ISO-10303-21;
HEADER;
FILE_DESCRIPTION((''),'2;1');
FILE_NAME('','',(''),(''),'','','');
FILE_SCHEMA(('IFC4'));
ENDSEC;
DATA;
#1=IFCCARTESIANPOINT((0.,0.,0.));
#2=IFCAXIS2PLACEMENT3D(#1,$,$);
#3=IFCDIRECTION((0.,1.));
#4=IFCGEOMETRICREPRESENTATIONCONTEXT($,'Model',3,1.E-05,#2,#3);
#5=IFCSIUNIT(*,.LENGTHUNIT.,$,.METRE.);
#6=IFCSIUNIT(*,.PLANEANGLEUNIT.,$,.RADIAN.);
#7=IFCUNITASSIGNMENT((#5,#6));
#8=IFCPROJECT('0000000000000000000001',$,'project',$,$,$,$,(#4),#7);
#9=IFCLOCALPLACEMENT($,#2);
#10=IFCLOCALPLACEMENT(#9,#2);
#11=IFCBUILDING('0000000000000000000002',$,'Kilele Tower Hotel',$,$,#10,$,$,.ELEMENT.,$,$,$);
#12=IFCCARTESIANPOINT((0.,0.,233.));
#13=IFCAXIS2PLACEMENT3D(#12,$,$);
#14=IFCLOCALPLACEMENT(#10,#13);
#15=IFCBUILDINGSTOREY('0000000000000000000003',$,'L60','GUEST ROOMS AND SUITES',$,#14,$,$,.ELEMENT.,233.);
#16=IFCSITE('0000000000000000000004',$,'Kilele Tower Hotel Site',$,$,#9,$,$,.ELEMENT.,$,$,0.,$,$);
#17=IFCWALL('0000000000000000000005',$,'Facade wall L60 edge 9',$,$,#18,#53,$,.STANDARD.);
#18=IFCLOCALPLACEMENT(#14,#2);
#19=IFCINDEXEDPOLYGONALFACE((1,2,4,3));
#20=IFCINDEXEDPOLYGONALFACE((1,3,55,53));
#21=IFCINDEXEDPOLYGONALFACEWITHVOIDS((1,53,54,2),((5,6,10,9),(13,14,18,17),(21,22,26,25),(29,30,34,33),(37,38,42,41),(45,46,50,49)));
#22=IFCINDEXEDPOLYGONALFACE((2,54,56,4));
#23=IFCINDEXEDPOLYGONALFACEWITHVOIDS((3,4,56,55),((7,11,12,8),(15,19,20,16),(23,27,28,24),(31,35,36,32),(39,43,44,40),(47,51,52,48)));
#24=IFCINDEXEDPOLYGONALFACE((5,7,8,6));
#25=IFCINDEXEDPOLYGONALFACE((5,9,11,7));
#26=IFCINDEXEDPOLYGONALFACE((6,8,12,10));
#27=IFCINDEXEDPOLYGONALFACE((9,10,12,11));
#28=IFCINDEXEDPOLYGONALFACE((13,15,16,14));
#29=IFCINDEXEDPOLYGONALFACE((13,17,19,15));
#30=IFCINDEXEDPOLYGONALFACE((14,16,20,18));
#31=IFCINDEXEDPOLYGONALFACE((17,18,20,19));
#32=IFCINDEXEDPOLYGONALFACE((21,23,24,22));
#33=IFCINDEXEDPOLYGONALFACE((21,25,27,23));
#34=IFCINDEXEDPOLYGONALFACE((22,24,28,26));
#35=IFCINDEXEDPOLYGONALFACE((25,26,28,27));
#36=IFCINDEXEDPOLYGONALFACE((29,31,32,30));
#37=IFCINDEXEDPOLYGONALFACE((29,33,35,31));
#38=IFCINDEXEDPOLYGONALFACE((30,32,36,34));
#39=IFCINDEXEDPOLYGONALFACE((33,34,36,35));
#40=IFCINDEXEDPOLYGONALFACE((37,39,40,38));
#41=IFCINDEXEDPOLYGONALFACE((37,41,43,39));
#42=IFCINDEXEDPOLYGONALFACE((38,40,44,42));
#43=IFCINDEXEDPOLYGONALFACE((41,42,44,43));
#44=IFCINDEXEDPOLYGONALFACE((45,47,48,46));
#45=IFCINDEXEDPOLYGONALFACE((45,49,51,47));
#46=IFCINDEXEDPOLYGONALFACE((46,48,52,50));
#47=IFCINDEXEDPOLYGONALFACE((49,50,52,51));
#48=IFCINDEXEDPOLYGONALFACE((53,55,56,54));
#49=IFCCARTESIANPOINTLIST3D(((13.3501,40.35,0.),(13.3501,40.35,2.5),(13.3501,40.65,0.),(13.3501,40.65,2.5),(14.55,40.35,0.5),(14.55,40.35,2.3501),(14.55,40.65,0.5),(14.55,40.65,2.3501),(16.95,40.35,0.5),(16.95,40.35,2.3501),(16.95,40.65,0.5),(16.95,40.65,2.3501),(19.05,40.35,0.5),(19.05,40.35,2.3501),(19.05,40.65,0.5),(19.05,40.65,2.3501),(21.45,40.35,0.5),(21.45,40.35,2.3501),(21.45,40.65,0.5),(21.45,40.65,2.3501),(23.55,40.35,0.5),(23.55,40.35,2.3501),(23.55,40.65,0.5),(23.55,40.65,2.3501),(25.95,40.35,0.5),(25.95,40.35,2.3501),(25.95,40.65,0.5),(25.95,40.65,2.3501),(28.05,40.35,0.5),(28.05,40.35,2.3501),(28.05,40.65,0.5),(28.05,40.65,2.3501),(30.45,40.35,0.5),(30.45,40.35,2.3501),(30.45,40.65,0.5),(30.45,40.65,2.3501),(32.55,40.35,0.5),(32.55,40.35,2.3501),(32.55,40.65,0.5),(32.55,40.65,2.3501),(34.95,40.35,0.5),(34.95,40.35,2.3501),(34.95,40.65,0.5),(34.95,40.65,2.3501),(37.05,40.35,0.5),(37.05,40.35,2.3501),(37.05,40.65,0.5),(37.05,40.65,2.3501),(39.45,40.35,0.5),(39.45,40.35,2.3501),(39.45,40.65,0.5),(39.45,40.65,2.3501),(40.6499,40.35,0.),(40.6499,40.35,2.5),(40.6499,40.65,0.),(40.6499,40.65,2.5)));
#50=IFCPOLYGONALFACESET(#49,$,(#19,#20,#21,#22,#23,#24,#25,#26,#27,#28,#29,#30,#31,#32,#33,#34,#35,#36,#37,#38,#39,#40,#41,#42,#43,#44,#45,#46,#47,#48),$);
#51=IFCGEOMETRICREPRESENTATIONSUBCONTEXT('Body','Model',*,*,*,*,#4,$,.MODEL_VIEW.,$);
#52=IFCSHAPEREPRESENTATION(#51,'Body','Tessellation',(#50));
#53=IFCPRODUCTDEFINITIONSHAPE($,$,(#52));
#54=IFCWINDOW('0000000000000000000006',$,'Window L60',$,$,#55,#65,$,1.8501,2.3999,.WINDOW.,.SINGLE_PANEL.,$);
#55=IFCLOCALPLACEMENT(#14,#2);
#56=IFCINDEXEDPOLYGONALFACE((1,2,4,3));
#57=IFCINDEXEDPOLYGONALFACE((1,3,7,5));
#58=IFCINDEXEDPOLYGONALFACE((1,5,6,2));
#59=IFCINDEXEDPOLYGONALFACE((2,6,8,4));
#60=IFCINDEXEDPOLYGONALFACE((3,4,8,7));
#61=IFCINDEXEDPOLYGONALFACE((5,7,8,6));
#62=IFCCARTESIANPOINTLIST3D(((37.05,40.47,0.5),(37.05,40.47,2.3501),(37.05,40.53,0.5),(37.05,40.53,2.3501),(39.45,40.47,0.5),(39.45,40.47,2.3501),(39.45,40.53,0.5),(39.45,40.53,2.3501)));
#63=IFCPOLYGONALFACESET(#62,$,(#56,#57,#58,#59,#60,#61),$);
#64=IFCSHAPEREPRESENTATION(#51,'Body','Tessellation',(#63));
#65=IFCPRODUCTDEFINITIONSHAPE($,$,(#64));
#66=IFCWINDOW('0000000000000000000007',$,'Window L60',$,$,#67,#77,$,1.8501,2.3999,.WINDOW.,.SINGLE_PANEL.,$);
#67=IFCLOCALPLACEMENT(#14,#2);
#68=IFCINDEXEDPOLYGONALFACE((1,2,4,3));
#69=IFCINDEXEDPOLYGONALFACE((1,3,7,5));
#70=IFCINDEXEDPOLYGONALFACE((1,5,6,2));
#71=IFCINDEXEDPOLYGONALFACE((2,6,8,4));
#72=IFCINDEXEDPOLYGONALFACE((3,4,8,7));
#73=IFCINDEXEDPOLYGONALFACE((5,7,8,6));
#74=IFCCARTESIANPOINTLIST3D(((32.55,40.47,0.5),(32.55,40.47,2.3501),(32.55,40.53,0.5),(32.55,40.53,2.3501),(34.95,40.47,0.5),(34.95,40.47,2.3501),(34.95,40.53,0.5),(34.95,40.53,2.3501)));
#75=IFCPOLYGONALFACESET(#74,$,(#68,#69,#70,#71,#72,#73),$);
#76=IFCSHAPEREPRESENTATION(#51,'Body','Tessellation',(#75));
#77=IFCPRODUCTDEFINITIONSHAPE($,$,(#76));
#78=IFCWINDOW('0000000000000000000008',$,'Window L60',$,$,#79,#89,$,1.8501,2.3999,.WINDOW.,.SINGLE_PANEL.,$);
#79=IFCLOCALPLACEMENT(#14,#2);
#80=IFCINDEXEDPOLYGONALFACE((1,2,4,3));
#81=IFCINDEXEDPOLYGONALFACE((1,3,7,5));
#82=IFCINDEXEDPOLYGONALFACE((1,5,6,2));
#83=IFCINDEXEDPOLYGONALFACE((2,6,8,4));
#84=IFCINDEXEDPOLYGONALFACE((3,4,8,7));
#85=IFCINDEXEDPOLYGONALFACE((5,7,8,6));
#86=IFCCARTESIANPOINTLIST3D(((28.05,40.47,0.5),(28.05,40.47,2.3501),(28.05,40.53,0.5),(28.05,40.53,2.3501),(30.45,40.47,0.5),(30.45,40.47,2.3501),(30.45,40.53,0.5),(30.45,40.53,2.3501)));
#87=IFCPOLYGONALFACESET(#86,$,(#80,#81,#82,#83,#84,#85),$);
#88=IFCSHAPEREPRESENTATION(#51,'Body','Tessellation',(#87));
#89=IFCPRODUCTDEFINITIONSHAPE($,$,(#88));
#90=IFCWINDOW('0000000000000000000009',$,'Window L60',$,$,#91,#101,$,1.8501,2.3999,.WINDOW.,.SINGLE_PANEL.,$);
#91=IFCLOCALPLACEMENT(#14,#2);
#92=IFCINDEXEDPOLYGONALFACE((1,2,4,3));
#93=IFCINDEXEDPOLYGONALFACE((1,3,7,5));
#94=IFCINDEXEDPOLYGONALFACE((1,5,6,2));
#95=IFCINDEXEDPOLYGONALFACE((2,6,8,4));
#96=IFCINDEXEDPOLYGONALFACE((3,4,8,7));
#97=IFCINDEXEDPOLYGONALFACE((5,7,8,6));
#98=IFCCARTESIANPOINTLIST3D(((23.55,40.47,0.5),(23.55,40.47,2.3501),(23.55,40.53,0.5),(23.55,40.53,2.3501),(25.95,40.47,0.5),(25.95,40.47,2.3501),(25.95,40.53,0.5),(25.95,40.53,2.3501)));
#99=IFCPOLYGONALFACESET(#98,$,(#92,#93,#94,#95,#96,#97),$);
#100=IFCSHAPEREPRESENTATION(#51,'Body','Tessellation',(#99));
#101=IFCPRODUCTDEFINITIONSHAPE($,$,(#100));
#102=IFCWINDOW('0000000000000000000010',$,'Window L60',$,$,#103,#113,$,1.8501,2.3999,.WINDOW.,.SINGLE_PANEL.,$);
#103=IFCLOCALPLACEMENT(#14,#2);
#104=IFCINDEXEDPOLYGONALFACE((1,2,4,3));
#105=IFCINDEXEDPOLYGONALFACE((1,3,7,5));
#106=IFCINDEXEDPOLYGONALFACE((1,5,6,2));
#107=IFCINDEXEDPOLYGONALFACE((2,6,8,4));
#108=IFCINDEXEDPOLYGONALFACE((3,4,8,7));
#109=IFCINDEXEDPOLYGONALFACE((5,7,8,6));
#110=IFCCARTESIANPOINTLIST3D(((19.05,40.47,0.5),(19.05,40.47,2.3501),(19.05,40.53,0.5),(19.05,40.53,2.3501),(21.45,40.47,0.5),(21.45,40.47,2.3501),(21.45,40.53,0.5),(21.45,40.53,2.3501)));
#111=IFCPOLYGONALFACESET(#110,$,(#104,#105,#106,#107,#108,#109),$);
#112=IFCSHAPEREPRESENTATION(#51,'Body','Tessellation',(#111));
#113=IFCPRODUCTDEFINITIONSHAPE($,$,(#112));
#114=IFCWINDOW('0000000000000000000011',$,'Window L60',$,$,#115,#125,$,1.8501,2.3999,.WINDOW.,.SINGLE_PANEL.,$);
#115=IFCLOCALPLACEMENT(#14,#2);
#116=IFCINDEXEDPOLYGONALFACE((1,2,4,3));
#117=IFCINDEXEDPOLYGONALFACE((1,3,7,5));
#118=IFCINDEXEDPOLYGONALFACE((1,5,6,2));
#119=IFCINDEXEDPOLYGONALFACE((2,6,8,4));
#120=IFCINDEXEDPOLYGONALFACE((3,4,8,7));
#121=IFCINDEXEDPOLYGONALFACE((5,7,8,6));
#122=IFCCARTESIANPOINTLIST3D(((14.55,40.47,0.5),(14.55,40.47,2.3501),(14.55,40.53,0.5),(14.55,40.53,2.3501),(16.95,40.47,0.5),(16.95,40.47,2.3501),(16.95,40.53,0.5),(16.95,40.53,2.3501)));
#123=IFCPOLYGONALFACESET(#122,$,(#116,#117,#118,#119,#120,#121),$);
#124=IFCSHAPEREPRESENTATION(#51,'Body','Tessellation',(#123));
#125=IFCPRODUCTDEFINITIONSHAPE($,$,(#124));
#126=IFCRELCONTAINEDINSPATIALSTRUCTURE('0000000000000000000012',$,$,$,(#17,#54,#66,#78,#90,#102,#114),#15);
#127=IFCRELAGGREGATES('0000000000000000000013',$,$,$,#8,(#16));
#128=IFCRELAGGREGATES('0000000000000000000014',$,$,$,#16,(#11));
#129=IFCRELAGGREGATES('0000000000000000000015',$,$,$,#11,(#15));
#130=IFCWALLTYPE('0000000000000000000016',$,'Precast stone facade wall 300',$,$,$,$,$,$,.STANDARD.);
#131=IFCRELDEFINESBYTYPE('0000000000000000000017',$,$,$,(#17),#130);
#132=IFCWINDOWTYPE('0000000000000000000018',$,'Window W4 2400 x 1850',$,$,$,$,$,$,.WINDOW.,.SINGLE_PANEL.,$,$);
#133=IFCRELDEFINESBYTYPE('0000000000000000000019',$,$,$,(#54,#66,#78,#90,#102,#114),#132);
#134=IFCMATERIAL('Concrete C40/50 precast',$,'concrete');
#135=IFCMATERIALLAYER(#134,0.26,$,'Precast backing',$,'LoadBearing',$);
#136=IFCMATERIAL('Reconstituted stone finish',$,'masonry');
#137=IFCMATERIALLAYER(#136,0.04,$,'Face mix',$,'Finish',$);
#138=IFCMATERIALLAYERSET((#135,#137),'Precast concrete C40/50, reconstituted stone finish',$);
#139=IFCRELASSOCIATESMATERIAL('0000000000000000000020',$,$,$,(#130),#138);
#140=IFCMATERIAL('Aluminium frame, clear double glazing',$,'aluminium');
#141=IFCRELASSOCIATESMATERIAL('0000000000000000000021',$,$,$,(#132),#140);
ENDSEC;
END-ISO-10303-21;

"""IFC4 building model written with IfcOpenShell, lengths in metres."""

from ifc_helpers import new_model, si_unit, direction, frame, frame_2d, origin, place, context, subcontext, project, spatial, rectangle, extrude, material, layer, layer_set, type_object, element, fill, save


model = new_model("IFC4")

# Units and contexts
model_context = context("Model", 3, precision=1e-05, world=origin(), true_north=direction((0.0, 1.0)))
body_context = subcontext(model_context, "Body", "Model", "MODEL_VIEW")
ifc_project = project(units=[si_unit("LENGTHUNIT", "METRE"), si_unit("PLANEANGLEUNIT", "RADIAN")], contexts=[model_context])

# Site, building, storey
site_placement = place(None, origin())
site = spatial("IfcSite", under=ifc_project, at=site_placement, Name="Kilele Tower Hotel Site", CompositionType="ELEMENT", RefElevation=0.0)
building_placement = place(site_placement, origin())
building = spatial("IfcBuilding", under=site, at=building_placement, Name="Kilele Tower Hotel", CompositionType="ELEMENT")
storey_placement = place(building_placement, frame((0.0, 0.0, 233.0)))
storey = spatial("IfcBuildingStorey", under=building, at=storey_placement, Name="L60", Description="GUEST ROOMS AND SUITES", CompositionType="ELEMENT", Elevation=233.0)

# Shared definitions
ifc_material_1 = material(Name="Concrete C40/50 precast", Category="concrete")
ifc_layer_1 = layer(ifc_material_1, 0.26, Name="Precast backing", Category="LoadBearing")
ifc_material_2 = material(Name="Reconstituted stone finish", Category="masonry")
ifc_layer_2 = layer(ifc_material_2, 0.04, Name="Face mix", Category="Finish")
ifc_layer_set = layer_set([ifc_layer_1, ifc_layer_2], Name="Precast concrete C40/50, reconstituted stone finish")
wall_type = type_object("IfcWallType", Name="Precast stone facade wall 300", PredefinedType="STANDARD", material=ifc_layer_set)
ifc_material_3 = material(Name="Aluminium frame, clear double glazing", Category="aluminium")
window_type = type_object("IfcWindowType", Name="Window W4 2400 x 1850", PartitioningType="SINGLE_PANEL", PredefinedType="WINDOW", material=ifc_material_3)

# Wall, openings, windows
wall_1_placement = place(storey_placement, frame((40.6499, 40.5, 0.0), z_axis=(0.0, 0.0, 1.0), x_axis=(-1.0, 0.0, 0.0)))
wall_1 = element("IfcWall", 1, at=wall_1_placement, inside=storey, type_object=wall_type, Name="Facade wall L60 edge 9", PredefinedType="STANDARD", context=body_context, shape_type="SweptSolid", body=[
    extrude(rectangle(XDim=27.2998, YDim=0.3, at=frame_2d((13.6499, 0.0))), origin(), (0.0, 0.0, 1.0), 2.5),
])
opening_1_placement = place(wall_1_placement, frame((1.2, 0.0, 0.5)))
opening_1 = element("IfcOpeningElement", 2, at=opening_1_placement, cuts=wall_1, PredefinedType="OPENING", context=body_context, shape_type="SweptSolid", body=[
    extrude(rectangle(XDim=2.3999, YDim=1.8501, at=frame_2d((1.2, 0.925))), frame((0.0, 0.1599, 0.0), z_axis=(0.0, -1.0, 0.0), x_axis=(1.0, 0.0, 0.0)), (0.0, 0.0, 1.0), 0.3201),
])
opening_2_placement = place(wall_1_placement, frame((5.7, 0.0, 0.5)))
opening_2 = element("IfcOpeningElement", 3, at=opening_2_placement, cuts=wall_1, PredefinedType="OPENING", context=body_context, shape_type="SweptSolid", body=[
    extrude(rectangle(XDim=2.3999, YDim=1.8501, at=frame_2d((1.2, 0.925))), frame((0.0, 0.1599, 0.0), z_axis=(0.0, -1.0, 0.0), x_axis=(1.0, 0.0, 0.0)), (0.0, 0.0, 1.0), 0.3201),
])
opening_3_placement = place(wall_1_placement, frame((10.2, 0.0, 0.5)))
opening_3 = element("IfcOpeningElement", 4, at=opening_3_placement, cuts=wall_1, PredefinedType="OPENING", context=body_context, shape_type="SweptSolid", body=[
    extrude(rectangle(XDim=2.3999, YDim=1.8501, at=frame_2d((1.2, 0.925))), frame((0.0, 0.1599, 0.0), z_axis=(0.0, -1.0, 0.0), x_axis=(1.0, 0.0, 0.0)), (0.0, 0.0, 1.0), 0.3201),
])
opening_4_placement = place(wall_1_placement, frame((14.7, 0.0, 0.5)))
opening_4 = element("IfcOpeningElement", 5, at=opening_4_placement, cuts=wall_1, PredefinedType="OPENING", context=body_context, shape_type="SweptSolid", body=[
    extrude(rectangle(XDim=2.3999, YDim=1.8501, at=frame_2d((1.2, 0.925))), frame((0.0, 0.1599, 0.0), z_axis=(0.0, -1.0, 0.0), x_axis=(1.0, 0.0, 0.0)), (0.0, 0.0, 1.0), 0.3201),
])
opening_5_placement = place(wall_1_placement, frame((19.2, 0.0, 0.5)))
opening_5 = element("IfcOpeningElement", 6, at=opening_5_placement, cuts=wall_1, PredefinedType="OPENING", context=body_context, shape_type="SweptSolid", body=[
    extrude(rectangle(XDim=2.3999, YDim=1.8501, at=frame_2d((1.2, 0.925))), frame((0.0, 0.1599, 0.0), z_axis=(0.0, -1.0, 0.0), x_axis=(1.0, 0.0, 0.0)), (0.0, 0.0, 1.0), 0.3201),
])
opening_6_placement = place(wall_1_placement, frame((23.7, 0.0, 0.5)))
opening_6 = element("IfcOpeningElement", 7, at=opening_6_placement, cuts=wall_1, PredefinedType="OPENING", context=body_context, shape_type="SweptSolid", body=[
    extrude(rectangle(XDim=2.3999, YDim=1.8501, at=frame_2d((1.2, 0.925))), frame((0.0, 0.1599, 0.0), z_axis=(0.0, -1.0, 0.0), x_axis=(1.0, 0.0, 0.0)), (0.0, 0.0, 1.0), 0.3201),
])
window_1_placement = place(opening_1_placement, origin())
window_1 = element("IfcWindow", 8, at=window_1_placement, inside=storey, type_object=window_type, Name="Window L60", OverallHeight=1.8501, OverallWidth=2.3999, PartitioningType="SINGLE_PANEL", PredefinedType="WINDOW", context=body_context, shape_type="SweptSolid", body=[
    extrude(rectangle(XDim=2.3999, YDim=1.8501, at=frame_2d((1.2, 0.925))), frame((0.0, 0.03, 0.0), z_axis=(0.0, -1.0, 0.0), x_axis=(1.0, 0.0, 0.0)), (0.0, 0.0, 1.0), 0.0601),
])
fill(opening_1, window_1)
window_2_placement = place(opening_2_placement, origin())
window_2 = element("IfcWindow", 9, at=window_2_placement, inside=storey, type_object=window_type, Name="Window L60", OverallHeight=1.8501, OverallWidth=2.3999, PartitioningType="SINGLE_PANEL", PredefinedType="WINDOW", context=body_context, shape_type="SweptSolid", body=[
    extrude(rectangle(XDim=2.3999, YDim=1.8501, at=frame_2d((1.2, 0.925))), frame((0.0, 0.03, 0.0), z_axis=(0.0, -1.0, 0.0), x_axis=(1.0, 0.0, 0.0)), (0.0, 0.0, 1.0), 0.0601),
])
fill(opening_2, window_2)
window_3_placement = place(opening_3_placement, origin())
window_3 = element("IfcWindow", 10, at=window_3_placement, inside=storey, type_object=window_type, Name="Window L60", OverallHeight=1.8501, OverallWidth=2.3999, PartitioningType="SINGLE_PANEL", PredefinedType="WINDOW", context=body_context, shape_type="SweptSolid", body=[
    extrude(rectangle(XDim=2.3999, YDim=1.8501, at=frame_2d((1.2, 0.925))), frame((0.0, 0.03, 0.0), z_axis=(0.0, -1.0, 0.0), x_axis=(1.0, 0.0, 0.0)), (0.0, 0.0, 1.0), 0.0601),
])
fill(opening_3, window_3)
window_4_placement = place(opening_4_placement, origin())
window_4 = element("IfcWindow", 11, at=window_4_placement, inside=storey, type_object=window_type, Name="Window L60", OverallHeight=1.8501, OverallWidth=2.3999, PartitioningType="SINGLE_PANEL", PredefinedType="WINDOW", context=body_context, shape_type="SweptSolid", body=[
    extrude(rectangle(XDim=2.3999, YDim=1.8501, at=frame_2d((1.2, 0.925))), frame((0.0, 0.03, 0.0), z_axis=(0.0, -1.0, 0.0), x_axis=(1.0, 0.0, 0.0)), (0.0, 0.0, 1.0), 0.0601),
])
fill(opening_4, window_4)
window_5_placement = place(opening_5_placement, origin())
window_5 = element("IfcWindow", 12, at=window_5_placement, inside=storey, type_object=window_type, Name="Window L60", OverallHeight=1.8501, OverallWidth=2.3999, PartitioningType="SINGLE_PANEL", PredefinedType="WINDOW", context=body_context, shape_type="SweptSolid", body=[
    extrude(rectangle(XDim=2.3999, YDim=1.8501, at=frame_2d((1.2, 0.925))), frame((0.0, 0.03, 0.0), z_axis=(0.0, -1.0, 0.0), x_axis=(1.0, 0.0, 0.0)), (0.0, 0.0, 1.0), 0.0601),
])
fill(opening_5, window_5)
window_6_placement = place(opening_6_placement, origin())
window_6 = element("IfcWindow", 13, at=window_6_placement, inside=storey, type_object=window_type, Name="Window L60", OverallHeight=1.8501, OverallWidth=2.3999, PartitioningType="SINGLE_PANEL", PredefinedType="WINDOW", context=body_context, shape_type="SweptSolid", body=[
    extrude(rectangle(XDim=2.3999, YDim=1.8501, at=frame_2d((1.2, 0.925))), frame((0.0, 0.03, 0.0), z_axis=(0.0, -1.0, 0.0), x_axis=(1.0, 0.0, 0.0)), (0.0, 0.0, 1.0), 0.0601),
])
fill(opening_6, window_6)

save(model, "model.ifc")
